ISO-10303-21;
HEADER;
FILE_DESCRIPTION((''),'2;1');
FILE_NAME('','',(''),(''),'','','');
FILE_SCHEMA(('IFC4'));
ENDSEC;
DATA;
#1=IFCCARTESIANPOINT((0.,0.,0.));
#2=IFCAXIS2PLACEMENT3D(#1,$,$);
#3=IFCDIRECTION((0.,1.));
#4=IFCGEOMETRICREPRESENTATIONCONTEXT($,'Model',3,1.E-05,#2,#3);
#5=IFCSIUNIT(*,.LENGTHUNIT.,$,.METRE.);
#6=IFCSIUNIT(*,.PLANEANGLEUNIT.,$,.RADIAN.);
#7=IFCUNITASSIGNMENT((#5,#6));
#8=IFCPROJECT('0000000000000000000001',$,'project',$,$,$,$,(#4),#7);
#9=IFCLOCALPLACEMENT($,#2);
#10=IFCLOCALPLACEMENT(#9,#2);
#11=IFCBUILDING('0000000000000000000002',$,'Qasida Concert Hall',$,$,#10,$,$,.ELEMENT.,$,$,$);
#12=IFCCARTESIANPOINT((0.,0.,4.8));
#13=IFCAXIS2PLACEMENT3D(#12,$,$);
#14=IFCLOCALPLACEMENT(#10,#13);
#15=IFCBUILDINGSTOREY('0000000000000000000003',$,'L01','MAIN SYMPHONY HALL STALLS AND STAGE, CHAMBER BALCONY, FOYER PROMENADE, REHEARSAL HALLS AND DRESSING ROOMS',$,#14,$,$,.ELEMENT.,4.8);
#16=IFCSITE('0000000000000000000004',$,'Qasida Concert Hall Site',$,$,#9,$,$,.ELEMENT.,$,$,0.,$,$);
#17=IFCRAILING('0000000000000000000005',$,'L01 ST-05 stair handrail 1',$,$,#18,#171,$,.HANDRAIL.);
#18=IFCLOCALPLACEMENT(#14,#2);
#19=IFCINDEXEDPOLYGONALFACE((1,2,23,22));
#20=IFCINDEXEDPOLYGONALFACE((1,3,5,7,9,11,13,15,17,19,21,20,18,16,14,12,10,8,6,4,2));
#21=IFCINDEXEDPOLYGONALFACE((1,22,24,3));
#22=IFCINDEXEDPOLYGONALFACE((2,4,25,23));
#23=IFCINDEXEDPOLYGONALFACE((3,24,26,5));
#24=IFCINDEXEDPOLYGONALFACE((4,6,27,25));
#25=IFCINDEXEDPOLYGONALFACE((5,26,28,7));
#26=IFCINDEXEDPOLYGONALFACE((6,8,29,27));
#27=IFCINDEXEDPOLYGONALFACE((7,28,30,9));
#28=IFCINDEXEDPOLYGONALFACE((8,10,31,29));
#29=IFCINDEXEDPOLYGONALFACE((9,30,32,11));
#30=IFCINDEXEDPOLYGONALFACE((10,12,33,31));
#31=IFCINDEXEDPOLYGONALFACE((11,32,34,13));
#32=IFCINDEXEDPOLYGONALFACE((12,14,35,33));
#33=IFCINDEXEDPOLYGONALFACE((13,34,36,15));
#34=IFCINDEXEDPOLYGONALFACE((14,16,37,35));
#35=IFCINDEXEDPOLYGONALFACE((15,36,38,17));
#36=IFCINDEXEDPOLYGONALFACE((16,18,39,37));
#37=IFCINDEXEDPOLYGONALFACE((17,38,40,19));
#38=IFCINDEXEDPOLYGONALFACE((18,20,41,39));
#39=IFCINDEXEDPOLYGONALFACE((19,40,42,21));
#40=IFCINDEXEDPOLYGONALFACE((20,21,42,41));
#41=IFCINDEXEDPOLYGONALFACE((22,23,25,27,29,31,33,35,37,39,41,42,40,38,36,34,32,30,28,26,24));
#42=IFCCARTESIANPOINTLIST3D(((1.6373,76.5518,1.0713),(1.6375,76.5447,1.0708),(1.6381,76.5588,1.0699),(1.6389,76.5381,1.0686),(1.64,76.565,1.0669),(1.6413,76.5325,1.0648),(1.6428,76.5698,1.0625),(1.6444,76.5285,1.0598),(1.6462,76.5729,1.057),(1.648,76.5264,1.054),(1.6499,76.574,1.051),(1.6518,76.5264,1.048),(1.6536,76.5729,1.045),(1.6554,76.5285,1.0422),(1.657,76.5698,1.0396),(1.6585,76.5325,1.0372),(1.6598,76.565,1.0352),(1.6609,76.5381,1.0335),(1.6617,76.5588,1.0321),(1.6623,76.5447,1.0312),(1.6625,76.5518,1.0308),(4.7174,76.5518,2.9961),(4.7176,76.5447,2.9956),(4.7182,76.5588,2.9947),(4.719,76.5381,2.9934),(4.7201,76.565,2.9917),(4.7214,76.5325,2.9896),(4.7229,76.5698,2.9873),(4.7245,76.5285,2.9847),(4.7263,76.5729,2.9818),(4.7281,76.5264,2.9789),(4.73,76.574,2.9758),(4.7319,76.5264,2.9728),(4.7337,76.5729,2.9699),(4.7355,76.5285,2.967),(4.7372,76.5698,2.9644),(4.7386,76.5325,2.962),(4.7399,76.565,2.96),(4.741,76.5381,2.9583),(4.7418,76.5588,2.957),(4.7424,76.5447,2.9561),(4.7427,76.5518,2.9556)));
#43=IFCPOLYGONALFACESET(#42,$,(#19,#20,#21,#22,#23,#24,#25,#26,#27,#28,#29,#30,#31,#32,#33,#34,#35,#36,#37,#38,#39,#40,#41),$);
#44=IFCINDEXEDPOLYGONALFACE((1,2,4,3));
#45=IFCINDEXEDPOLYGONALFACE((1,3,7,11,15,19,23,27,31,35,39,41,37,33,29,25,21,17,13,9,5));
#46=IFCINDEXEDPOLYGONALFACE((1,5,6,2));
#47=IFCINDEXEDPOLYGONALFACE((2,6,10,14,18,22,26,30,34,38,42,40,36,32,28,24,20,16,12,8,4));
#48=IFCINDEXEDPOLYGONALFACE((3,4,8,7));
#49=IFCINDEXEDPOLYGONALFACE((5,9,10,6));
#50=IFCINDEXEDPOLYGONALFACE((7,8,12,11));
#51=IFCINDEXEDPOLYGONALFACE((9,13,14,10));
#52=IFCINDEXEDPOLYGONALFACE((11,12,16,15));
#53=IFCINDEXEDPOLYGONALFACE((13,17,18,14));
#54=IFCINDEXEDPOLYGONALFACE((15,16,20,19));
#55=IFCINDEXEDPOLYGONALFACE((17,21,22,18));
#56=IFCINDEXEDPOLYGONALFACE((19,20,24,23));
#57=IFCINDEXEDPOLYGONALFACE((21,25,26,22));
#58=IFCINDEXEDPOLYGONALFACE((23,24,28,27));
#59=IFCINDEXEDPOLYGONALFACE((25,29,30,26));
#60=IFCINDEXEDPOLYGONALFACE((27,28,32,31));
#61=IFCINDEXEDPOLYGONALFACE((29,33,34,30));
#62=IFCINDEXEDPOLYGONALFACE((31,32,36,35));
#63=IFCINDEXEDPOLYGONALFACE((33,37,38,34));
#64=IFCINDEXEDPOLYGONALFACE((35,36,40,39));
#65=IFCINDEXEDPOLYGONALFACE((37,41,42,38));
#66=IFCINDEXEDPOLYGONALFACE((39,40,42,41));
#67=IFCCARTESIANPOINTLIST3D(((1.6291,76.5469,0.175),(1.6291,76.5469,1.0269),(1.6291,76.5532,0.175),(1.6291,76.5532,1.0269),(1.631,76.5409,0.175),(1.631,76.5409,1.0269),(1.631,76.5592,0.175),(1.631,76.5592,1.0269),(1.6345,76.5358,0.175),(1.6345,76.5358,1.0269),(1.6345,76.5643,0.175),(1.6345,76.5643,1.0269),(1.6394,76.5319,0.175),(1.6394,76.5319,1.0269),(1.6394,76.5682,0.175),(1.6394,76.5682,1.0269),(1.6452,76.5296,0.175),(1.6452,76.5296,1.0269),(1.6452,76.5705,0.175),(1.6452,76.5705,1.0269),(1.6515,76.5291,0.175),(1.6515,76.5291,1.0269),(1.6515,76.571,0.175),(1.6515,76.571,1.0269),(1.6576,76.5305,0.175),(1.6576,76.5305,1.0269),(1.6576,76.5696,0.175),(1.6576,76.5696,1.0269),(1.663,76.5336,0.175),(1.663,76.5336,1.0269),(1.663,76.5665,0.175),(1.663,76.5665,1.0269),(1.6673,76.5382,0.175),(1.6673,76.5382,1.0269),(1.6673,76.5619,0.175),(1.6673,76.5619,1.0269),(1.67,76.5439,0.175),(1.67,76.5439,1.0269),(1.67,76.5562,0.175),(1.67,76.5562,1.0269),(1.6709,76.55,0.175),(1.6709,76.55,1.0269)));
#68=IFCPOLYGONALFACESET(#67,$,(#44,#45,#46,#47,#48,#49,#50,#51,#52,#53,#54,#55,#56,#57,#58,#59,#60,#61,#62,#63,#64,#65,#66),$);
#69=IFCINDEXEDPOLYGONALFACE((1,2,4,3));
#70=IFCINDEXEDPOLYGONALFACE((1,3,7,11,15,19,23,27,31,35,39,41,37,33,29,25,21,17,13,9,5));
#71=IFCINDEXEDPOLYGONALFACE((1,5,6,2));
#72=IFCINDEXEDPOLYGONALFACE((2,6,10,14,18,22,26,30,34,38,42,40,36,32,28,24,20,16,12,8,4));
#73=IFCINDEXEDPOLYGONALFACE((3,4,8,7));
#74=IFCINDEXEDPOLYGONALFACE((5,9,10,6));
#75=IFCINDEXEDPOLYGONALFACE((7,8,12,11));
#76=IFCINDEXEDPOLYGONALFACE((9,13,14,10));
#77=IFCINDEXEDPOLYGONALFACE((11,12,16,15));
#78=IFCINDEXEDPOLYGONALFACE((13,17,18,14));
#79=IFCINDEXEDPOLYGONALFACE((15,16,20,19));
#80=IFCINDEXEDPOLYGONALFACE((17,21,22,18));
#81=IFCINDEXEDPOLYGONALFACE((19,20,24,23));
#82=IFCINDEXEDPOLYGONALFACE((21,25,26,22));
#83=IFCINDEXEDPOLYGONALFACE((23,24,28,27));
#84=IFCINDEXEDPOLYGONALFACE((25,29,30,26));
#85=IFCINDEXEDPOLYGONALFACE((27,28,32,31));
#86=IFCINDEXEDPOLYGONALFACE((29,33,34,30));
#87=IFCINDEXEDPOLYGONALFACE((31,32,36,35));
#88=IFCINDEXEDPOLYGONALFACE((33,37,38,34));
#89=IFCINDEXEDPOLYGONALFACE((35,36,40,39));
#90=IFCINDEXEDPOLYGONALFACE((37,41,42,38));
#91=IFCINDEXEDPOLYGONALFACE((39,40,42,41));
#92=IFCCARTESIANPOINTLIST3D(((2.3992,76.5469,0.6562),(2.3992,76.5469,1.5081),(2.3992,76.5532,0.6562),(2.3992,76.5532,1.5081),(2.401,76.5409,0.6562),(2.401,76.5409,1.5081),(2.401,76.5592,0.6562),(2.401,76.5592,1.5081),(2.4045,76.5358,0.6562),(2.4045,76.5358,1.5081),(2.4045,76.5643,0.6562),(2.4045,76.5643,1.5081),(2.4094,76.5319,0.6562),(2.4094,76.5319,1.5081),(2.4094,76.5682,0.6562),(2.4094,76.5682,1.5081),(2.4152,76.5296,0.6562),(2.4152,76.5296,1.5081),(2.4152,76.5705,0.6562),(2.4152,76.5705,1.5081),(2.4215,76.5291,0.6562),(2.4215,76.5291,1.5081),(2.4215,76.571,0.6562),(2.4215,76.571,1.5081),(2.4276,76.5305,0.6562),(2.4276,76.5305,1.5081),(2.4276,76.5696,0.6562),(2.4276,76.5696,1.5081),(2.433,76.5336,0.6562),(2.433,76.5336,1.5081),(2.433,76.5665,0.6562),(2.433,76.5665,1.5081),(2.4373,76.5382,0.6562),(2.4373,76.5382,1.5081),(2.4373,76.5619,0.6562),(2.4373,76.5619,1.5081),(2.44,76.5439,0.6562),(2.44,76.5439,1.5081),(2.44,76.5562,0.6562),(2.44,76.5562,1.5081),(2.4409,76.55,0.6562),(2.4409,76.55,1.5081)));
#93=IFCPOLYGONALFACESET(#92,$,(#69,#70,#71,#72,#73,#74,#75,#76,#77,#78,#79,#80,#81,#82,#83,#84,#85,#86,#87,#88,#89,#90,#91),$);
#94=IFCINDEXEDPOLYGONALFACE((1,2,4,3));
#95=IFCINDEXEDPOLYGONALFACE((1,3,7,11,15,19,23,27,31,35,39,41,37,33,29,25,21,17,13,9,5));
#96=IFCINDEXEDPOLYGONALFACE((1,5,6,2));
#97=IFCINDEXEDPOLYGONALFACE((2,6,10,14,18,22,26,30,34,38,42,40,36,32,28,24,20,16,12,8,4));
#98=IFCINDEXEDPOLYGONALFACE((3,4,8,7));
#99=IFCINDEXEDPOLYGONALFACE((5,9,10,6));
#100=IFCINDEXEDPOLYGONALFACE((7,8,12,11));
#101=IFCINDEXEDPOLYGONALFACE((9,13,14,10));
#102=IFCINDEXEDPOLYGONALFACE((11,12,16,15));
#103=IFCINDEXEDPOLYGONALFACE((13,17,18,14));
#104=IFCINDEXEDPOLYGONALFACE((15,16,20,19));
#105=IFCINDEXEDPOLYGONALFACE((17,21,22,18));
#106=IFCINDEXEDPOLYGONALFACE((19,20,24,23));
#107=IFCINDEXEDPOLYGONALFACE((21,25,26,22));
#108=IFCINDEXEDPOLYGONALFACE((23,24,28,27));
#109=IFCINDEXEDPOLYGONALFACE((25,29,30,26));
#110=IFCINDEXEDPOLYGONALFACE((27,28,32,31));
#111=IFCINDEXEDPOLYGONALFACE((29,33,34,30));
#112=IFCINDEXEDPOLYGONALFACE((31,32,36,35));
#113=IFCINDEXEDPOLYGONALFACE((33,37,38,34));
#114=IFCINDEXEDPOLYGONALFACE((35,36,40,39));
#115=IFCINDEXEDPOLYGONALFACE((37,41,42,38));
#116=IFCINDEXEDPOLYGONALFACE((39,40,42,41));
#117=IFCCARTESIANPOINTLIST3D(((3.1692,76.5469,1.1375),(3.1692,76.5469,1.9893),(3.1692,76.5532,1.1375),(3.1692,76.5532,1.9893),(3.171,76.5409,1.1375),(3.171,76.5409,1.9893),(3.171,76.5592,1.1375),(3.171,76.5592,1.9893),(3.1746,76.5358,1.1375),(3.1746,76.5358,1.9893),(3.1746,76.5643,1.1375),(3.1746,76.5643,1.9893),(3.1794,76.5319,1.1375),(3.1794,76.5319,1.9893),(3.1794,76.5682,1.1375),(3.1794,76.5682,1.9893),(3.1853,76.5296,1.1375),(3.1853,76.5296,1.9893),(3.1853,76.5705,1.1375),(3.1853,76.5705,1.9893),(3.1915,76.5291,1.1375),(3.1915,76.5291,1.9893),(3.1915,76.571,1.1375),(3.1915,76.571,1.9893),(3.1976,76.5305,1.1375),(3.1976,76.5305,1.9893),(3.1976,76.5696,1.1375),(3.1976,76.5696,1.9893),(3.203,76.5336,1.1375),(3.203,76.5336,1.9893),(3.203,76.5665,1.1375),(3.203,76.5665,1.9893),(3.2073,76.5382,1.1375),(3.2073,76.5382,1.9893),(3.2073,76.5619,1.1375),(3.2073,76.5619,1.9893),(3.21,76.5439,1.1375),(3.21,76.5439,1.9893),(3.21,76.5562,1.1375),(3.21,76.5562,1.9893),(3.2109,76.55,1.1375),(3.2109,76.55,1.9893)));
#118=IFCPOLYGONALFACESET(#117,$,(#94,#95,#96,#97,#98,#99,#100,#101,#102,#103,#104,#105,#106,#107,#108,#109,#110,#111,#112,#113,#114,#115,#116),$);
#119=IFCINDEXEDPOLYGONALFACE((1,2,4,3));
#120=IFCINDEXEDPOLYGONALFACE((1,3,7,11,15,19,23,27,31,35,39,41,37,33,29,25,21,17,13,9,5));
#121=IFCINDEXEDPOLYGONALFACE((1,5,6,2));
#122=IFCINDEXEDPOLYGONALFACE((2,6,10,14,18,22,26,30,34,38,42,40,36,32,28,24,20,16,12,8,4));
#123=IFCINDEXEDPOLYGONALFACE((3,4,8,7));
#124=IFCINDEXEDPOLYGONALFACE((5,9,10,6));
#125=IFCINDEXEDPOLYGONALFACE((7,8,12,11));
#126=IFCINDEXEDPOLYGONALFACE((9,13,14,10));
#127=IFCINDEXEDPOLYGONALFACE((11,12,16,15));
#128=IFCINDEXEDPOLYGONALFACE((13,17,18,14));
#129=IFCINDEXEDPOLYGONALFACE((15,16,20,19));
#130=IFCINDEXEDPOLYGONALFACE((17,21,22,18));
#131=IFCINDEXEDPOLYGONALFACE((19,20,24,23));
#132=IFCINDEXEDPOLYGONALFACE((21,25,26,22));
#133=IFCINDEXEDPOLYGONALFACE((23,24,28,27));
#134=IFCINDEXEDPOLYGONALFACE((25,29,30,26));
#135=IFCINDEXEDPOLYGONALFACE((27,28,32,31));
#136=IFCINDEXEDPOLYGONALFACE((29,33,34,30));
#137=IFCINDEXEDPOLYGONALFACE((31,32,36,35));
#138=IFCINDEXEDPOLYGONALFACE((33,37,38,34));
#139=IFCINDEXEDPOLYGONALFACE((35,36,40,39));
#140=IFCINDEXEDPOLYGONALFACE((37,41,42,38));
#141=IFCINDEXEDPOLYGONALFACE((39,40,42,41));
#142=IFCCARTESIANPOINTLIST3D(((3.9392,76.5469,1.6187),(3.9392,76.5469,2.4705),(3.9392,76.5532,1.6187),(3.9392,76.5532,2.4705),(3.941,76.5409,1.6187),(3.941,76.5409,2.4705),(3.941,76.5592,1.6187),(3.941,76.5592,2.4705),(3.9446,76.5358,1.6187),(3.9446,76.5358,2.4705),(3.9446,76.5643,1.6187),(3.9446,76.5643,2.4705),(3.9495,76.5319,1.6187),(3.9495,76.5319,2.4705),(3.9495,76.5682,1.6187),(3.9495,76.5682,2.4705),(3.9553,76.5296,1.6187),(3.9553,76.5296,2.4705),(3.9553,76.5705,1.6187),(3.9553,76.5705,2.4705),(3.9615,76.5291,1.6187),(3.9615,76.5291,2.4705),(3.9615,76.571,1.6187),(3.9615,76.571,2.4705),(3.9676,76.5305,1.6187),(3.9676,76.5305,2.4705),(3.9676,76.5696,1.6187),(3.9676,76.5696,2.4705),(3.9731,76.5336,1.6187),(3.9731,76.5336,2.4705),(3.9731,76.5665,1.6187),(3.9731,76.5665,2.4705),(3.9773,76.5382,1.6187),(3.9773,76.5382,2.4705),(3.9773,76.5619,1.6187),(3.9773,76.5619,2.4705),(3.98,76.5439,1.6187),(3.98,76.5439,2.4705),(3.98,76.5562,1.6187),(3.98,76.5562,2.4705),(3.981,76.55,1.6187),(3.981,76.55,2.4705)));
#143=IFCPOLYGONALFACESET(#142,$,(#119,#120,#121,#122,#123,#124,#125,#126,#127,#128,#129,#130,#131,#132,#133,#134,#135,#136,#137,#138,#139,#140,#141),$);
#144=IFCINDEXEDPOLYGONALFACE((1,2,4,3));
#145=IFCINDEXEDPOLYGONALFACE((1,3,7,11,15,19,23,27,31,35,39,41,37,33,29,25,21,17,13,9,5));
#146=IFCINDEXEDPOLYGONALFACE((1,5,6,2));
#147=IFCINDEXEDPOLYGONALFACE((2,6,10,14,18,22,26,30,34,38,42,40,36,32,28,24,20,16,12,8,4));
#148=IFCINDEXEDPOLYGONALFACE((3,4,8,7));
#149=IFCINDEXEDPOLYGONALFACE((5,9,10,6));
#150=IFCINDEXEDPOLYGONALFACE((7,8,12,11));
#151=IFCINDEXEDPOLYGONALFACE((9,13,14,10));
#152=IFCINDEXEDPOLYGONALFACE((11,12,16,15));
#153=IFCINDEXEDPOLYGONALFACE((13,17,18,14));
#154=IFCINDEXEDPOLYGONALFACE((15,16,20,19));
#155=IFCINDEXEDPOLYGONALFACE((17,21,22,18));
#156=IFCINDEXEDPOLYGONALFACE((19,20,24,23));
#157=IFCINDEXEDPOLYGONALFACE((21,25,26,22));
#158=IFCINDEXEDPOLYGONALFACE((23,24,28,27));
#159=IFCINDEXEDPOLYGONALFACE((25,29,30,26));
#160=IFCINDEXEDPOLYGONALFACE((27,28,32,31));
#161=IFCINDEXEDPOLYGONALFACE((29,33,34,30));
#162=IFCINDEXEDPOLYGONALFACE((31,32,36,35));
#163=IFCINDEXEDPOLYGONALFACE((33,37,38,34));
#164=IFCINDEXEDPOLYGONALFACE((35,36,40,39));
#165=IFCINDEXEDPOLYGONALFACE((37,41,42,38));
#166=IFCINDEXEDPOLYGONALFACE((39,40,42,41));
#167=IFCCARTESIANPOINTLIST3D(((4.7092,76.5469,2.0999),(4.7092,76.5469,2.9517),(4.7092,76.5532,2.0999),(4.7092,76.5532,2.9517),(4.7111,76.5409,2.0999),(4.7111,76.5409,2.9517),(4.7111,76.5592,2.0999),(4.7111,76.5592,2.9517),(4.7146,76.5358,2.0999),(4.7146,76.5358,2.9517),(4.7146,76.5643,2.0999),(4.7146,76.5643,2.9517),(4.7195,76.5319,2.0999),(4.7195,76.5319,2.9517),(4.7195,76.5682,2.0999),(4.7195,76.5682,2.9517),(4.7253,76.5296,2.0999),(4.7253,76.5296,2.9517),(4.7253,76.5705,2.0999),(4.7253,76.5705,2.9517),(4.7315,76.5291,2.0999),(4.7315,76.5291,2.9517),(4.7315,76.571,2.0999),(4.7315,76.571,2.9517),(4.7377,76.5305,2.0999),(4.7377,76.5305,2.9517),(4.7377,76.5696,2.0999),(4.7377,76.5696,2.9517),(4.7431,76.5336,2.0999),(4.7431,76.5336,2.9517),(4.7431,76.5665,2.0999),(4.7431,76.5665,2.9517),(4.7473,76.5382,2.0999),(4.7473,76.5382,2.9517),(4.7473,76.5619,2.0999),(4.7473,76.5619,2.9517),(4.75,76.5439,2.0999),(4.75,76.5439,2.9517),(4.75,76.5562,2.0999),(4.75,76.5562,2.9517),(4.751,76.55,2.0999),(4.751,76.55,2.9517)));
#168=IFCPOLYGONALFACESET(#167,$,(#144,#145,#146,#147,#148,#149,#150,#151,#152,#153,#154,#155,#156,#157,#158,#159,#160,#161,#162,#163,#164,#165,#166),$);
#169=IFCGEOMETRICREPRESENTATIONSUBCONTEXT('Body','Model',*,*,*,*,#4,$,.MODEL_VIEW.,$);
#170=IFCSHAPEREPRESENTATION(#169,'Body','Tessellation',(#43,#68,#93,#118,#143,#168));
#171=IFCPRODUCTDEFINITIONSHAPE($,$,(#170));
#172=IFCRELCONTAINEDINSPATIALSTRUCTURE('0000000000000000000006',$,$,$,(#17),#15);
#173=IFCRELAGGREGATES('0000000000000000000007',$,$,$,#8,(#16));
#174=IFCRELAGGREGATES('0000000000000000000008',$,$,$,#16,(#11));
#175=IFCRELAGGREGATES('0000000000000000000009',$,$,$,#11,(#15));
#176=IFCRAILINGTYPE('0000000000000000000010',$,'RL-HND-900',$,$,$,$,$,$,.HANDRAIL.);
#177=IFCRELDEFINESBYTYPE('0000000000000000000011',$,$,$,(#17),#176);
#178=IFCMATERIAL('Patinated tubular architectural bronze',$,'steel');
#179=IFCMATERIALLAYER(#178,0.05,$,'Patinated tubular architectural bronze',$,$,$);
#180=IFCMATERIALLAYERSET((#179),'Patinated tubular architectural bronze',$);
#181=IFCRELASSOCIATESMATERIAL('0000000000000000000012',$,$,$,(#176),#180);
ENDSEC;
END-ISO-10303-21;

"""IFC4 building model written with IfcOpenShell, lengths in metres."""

from ifc_helpers import new_model, si_unit, direction, frame, origin, origin_2d, place, context, subcontext, project, spatial, circle, extrude, material, layer, layer_set, type_object, element, save


model = new_model("IFC4")

# Units and contexts
model_context = context("Model", 3, precision=1e-05, world=origin(), true_north=direction((0.0, 1.0)))
body_context = subcontext(model_context, "Body", "Model", "MODEL_VIEW")
ifc_project = project(units=[si_unit("LENGTHUNIT", "METRE"), si_unit("PLANEANGLEUNIT", "RADIAN")], contexts=[model_context])

# Site, building, storey
site_placement = place(None, origin())
site = spatial("IfcSite", under=ifc_project, at=site_placement, Name="Qasida Concert Hall Site", CompositionType="ELEMENT", RefElevation=0.0)
building_placement = place(site_placement, origin())
building = spatial("IfcBuilding", under=site, at=building_placement, Name="Qasida Concert Hall", CompositionType="ELEMENT")
storey_placement = place(building_placement, frame((0.0, 0.0, 4.8)))
storey = spatial("IfcBuildingStorey", under=building, at=storey_placement, Name="L01", Description="MAIN SYMPHONY HALL STALLS AND STAGE, CHAMBER BALCONY, FOYER PROMENADE, REHEARSAL HALLS AND DRESSING ROOMS", CompositionType="ELEMENT", Elevation=4.8)

# Railing
ifc_material_1 = material(Name="Patinated tubular architectural bronze", Category="steel")
ifc_layer_1 = layer(ifc_material_1, 0.05, Name="Patinated tubular architectural bronze")
ifc_layer_set_1 = layer_set([ifc_layer_1], Name="Patinated tubular architectural bronze")
railing_type_1 = type_object("IfcRailingType", Name="RL-HND-900", PredefinedType="HANDRAIL", material=ifc_layer_set_1)
railing_1_placement = place(storey_placement, frame((1.6499, 76.55, 0.175)))
element("IfcRailing", 1, at=railing_1_placement, inside=storey, type_object=railing_type_1, Name="L01 ST-05 stair handrail 1", PredefinedType="HANDRAIL", context=body_context, shape_type="SweptSolid", body=[
    extrude(circle(Radius=0.0239, at=origin_2d()), frame((0.0, 0.0, 0.876), z_axis=(0.848029, 0.0, 0.529951), x_axis=(0.0, 1.0, 0.0)), (0.0, 0.0, 1.0), 3.6321),
    extrude(circle(Radius=0.021, at=origin_2d()), origin(), (0.0, 0.0, 1.0), 0.8518),
    extrude(circle(Radius=0.021, at=origin_2d()), frame((0.77, 0.0, 0.4812)), (0.0, 0.0, 1.0), 0.8518),
    extrude(circle(Radius=0.021, at=origin_2d()), frame((1.54, 0.0, 0.9624)), (0.0, 0.0, 1.0), 0.8518),
    extrude(circle(Radius=0.021, at=origin_2d()), frame((2.3101, 0.0, 1.4436)), (0.0, 0.0, 1.0), 0.8518),
    extrude(circle(Radius=0.021, at=origin_2d()), frame((3.0801, 0.0, 1.9248)), (0.0, 0.0, 1.0), 0.8518),
])

save(model, "model.ifc")
